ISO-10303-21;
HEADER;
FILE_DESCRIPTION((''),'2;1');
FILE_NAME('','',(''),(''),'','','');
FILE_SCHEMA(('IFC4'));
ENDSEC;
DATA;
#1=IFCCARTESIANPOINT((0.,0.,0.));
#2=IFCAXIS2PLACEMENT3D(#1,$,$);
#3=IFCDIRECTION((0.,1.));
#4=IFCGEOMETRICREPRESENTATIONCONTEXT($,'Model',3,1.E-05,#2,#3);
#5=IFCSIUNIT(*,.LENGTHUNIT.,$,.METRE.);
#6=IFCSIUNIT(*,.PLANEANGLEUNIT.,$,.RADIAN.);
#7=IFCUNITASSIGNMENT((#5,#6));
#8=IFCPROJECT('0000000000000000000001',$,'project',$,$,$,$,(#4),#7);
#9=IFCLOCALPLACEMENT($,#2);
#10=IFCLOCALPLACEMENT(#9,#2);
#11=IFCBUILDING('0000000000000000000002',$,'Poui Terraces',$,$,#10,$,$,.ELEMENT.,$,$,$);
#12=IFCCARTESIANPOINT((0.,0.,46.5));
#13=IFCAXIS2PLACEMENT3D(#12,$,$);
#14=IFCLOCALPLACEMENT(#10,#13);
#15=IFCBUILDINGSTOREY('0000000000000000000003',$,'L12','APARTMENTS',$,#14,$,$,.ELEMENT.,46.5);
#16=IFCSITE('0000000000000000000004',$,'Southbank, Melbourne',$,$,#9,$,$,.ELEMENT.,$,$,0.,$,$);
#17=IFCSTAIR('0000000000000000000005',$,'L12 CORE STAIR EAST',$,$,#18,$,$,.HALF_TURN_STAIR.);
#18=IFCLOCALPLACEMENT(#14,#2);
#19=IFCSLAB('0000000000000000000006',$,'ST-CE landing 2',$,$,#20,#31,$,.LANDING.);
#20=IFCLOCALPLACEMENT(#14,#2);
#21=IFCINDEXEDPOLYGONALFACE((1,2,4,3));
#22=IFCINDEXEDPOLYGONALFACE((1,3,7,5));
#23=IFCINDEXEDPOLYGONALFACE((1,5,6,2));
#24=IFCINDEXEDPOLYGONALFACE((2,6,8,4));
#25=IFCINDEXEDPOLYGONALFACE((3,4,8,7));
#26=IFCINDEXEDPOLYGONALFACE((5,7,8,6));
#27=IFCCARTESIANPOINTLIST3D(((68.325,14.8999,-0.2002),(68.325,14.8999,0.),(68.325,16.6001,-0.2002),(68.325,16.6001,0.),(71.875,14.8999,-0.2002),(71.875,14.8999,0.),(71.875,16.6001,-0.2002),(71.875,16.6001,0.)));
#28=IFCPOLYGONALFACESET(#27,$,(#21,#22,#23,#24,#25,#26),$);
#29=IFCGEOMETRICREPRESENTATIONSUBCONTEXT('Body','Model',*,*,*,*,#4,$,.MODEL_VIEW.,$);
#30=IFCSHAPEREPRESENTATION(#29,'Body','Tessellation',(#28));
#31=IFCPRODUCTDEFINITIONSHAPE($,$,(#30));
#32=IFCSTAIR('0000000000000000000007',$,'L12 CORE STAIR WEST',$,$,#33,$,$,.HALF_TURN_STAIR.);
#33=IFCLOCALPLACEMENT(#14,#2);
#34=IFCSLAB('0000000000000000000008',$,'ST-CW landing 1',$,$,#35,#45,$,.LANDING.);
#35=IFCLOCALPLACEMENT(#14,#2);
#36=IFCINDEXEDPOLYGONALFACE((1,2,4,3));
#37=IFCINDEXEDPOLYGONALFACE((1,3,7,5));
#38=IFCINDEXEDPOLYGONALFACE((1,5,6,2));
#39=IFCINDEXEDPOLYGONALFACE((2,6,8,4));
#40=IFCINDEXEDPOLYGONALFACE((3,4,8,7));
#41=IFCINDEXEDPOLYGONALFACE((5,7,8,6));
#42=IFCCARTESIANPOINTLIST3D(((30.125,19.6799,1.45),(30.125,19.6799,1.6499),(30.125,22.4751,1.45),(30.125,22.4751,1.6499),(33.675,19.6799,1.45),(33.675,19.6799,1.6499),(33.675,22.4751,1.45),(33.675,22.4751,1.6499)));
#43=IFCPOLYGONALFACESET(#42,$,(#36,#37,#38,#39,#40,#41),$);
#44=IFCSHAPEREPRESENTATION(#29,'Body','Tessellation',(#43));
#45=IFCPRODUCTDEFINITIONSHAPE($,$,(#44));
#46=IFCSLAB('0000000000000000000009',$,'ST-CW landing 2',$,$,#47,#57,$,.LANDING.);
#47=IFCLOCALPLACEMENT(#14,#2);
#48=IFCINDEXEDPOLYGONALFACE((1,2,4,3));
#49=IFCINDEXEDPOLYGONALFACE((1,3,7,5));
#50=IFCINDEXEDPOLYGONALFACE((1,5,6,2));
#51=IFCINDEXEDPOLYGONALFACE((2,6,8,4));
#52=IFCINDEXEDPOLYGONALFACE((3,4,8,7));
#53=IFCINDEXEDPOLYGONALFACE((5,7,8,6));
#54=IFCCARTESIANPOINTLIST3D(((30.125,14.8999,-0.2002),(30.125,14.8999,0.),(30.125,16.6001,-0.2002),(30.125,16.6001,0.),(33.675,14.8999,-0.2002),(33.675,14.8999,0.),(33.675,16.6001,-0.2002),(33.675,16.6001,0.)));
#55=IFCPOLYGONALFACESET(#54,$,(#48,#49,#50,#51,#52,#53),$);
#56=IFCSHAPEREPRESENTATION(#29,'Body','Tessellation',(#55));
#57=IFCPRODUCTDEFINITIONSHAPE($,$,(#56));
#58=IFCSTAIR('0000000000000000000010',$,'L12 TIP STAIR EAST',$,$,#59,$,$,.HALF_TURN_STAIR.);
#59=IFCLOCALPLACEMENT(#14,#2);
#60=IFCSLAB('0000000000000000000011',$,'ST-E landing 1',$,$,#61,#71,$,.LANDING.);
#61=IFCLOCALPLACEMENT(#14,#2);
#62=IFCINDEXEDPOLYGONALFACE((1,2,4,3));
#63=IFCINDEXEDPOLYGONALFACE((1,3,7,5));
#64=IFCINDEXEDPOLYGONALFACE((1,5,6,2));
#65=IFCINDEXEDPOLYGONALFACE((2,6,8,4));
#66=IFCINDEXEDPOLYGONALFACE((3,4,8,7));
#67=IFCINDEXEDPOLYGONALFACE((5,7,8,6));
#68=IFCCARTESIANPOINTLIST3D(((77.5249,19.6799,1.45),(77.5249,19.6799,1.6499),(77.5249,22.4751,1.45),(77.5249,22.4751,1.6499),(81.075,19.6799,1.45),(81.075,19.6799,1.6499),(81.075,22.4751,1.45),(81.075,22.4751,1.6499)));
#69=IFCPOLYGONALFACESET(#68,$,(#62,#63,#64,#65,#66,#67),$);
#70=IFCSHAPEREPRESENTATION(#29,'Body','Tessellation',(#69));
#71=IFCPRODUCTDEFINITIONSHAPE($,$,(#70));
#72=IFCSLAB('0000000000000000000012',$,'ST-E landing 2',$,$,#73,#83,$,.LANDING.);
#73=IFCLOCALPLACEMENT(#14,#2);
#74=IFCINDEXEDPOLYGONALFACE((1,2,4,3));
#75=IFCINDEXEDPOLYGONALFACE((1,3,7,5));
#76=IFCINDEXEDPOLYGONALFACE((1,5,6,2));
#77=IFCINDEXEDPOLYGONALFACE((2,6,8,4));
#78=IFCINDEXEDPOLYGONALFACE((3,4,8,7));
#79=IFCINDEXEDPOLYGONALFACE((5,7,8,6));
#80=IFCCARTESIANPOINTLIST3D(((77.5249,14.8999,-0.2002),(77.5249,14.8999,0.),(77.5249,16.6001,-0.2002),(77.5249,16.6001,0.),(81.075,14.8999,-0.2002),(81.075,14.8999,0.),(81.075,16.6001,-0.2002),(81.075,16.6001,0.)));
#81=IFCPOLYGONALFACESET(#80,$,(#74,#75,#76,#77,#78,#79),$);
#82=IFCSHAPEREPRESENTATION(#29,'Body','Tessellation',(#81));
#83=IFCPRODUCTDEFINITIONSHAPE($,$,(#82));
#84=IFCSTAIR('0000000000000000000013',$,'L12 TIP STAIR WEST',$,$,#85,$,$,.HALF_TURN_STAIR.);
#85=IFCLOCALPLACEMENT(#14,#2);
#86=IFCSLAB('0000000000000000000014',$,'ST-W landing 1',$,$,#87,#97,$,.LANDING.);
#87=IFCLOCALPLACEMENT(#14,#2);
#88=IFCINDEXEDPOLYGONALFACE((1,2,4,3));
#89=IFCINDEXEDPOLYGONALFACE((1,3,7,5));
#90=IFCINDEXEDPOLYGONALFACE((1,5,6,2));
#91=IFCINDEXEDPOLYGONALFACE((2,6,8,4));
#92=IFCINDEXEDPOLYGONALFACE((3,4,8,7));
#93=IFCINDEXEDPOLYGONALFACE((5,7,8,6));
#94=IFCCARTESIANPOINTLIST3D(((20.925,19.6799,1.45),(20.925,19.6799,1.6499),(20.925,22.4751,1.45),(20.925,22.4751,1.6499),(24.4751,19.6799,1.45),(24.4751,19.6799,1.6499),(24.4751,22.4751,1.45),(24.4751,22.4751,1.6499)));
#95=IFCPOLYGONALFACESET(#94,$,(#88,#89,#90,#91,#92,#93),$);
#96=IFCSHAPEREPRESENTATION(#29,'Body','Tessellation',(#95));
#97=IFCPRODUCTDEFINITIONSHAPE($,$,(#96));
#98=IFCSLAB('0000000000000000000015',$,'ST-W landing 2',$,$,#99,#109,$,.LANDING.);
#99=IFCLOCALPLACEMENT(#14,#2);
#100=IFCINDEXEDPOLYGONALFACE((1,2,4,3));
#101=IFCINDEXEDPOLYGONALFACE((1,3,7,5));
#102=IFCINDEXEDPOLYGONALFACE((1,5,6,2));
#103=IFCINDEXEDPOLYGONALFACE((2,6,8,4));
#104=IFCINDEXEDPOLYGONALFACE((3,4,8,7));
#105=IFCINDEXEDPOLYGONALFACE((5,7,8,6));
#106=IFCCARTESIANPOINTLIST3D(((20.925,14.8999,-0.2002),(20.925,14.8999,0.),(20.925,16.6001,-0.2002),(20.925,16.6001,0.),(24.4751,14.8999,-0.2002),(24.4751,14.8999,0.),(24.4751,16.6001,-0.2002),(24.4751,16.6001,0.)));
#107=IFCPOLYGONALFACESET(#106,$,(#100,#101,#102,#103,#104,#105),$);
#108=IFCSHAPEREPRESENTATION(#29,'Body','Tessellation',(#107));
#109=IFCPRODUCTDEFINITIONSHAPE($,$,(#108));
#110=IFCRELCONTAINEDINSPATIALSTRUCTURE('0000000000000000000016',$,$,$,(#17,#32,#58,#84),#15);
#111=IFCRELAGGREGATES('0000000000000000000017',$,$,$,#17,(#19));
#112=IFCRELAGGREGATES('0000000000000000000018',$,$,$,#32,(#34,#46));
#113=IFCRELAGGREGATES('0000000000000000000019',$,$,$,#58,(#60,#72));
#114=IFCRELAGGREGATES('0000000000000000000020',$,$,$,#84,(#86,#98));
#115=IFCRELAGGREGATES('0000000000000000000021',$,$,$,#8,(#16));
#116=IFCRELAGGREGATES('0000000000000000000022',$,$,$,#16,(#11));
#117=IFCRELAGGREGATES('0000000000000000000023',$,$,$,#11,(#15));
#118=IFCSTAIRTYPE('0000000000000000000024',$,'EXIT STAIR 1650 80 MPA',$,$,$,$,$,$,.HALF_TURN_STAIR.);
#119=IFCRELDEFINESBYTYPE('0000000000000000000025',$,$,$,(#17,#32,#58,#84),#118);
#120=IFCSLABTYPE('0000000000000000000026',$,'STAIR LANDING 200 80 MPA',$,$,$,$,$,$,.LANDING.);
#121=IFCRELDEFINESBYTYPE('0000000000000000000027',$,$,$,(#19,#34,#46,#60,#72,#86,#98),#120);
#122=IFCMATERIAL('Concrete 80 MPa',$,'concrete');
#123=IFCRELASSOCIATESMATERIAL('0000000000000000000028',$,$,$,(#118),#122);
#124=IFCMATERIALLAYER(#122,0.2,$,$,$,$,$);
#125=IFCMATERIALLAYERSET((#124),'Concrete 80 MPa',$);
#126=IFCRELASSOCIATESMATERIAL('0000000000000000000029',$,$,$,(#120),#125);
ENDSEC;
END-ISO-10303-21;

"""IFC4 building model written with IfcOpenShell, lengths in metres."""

from ifc_helpers import new_model, si_unit, direction, frame, origin, place, context, subcontext, project, spatial, polyline, outline, extrude, material, layer, layer_set, type_object, element, aggregate, save


model = new_model("IFC4")

# Units and contexts
model_context = context("Model", 3, precision=1e-05, world=origin(), true_north=direction((0.0, 1.0)))
body_context = subcontext(model_context, "Body", "Model", "MODEL_VIEW")
ifc_project = project(units=[si_unit("LENGTHUNIT", "METRE"), si_unit("PLANEANGLEUNIT", "RADIAN")], contexts=[model_context])

# Site, building, storey
site_placement = place(None, origin())
site = spatial("IfcSite", under=ifc_project, at=site_placement, Name="Southbank, Melbourne", CompositionType="ELEMENT", RefElevation=0.0)
building_placement = place(site_placement, origin())
building = spatial("IfcBuilding", under=site, at=building_placement, Name="Poui Terraces", CompositionType="ELEMENT")
storey_placement = place(building_placement, frame((0.0, 0.0, 46.5)))
storey = spatial("IfcBuildingStorey", under=building, at=storey_placement, Name="L12", Description="APARTMENTS", CompositionType="ELEMENT", Elevation=46.5)

# Stair, slab
ifc_material_1 = material(Name="Concrete 80 MPa", Category="concrete")
stair_type = type_object("IfcStairType", Name="EXIT STAIR 1650 80 MPA", PredefinedType="HALF_TURN_STAIR", material=ifc_material_1)
stair_1_placement = place(storey_placement, origin())
stair_1 = element("IfcStair", 1, at=stair_1_placement, inside=storey, type_object=stair_type, Name="L12 CORE STAIR EAST", PredefinedType="HALF_TURN_STAIR")
ifc_layer_1 = layer(ifc_material_1, 0.2)
ifc_layer_set_1 = layer_set([ifc_layer_1], Name="Concrete 80 MPa")
slab_type_1 = type_object("IfcSlabType", Name="STAIR LANDING 200 80 MPA", PredefinedType="LANDING", material=ifc_layer_set_1)
slab_1_placement = place(storey_placement, frame((0.0, 0.0, -0.2002)))
slab_1 = element("IfcSlab", 2, at=slab_1_placement, type_object=slab_type_1, Name="ST-CE landing 2", PredefinedType="LANDING", context=body_context, shape_type="SweptSolid", body=[
    extrude(outline(polyline([(68.325, 14.8999), (71.875, 14.8999), (71.875, 16.6001), (68.325, 16.6001), (68.325, 14.8999)])), origin(), (0.0, 0.0, 1.0), 0.2002),
])
aggregate(stair_1, [slab_1])

# Stairs, slabs
stair_2_placement = place(storey_placement, origin())
stair_2 = element("IfcStair", 3, at=stair_2_placement, inside=storey, type_object=stair_type, Name="L12 CORE STAIR WEST", PredefinedType="HALF_TURN_STAIR")
slab_2_placement = place(storey_placement, frame((0.0, 0.0, 1.45)))
slab_2 = element("IfcSlab", 4, at=slab_2_placement, type_object=slab_type_1, Name="ST-CW landing 1", PredefinedType="LANDING", context=body_context, shape_type="SweptSolid", body=[
    extrude(outline(polyline([(30.125, 19.6799), (33.675, 19.6799), (33.675, 22.4751), (30.125, 22.4751), (30.125, 19.6799)])), origin(), (0.0, 0.0, 1.0), 0.2),
])
slab_3_placement = place(storey_placement, frame((0.0, 0.0, -0.2002)))
slab_3 = element("IfcSlab", 5, at=slab_3_placement, type_object=slab_type_1, Name="ST-CW landing 2", PredefinedType="LANDING", context=body_context, shape_type="SweptSolid", body=[
    extrude(outline(polyline([(30.125, 14.8999), (33.675, 14.8999), (33.675, 16.6001), (30.125, 16.6001), (30.125, 14.8999)])), origin(), (0.0, 0.0, 1.0), 0.2002),
])
aggregate(stair_2, [slab_2, slab_3])
stair_3_placement = place(storey_placement, origin())
stair_3 = element("IfcStair", 6, at=stair_3_placement, inside=storey, type_object=stair_type, Name="L12 TIP STAIR EAST", PredefinedType="HALF_TURN_STAIR")
slab_4_placement = place(storey_placement, frame((0.0, 0.0, 1.45)))
slab_4 = element("IfcSlab", 7, at=slab_4_placement, type_object=slab_type_1, Name="ST-E landing 1", PredefinedType="LANDING", context=body_context, shape_type="SweptSolid", body=[
    extrude(outline(polyline([(77.5249, 19.6799), (81.075, 19.6799), (81.075, 22.4751), (77.5249, 22.4751), (77.5249, 19.6799)])), origin(), (0.0, 0.0, 1.0), 0.2),
])
slab_5_placement = place(storey_placement, frame((0.0, 0.0, -0.2002)))
slab_5 = element("IfcSlab", 8, at=slab_5_placement, type_object=slab_type_1, Name="ST-E landing 2", PredefinedType="LANDING", context=body_context, shape_type="SweptSolid", body=[
    extrude(outline(polyline([(77.5249, 14.8999), (81.075, 14.8999), (81.075, 16.6001), (77.5249, 16.6001), (77.5249, 14.8999)])), origin(), (0.0, 0.0, 1.0), 0.2002),
])
aggregate(stair_3, [slab_4, slab_5])
stair_4_placement = place(storey_placement, origin())
stair_4 = element("IfcStair", 9, at=stair_4_placement, inside=storey, type_object=stair_type, Name="L12 TIP STAIR WEST", PredefinedType="HALF_TURN_STAIR")
slab_6_placement = place(storey_placement, frame((0.0, 0.0, 1.45)))
slab_6 = element("IfcSlab", 10, at=slab_6_placement, type_object=slab_type_1, Name="ST-W landing 1", PredefinedType="LANDING", context=body_context, shape_type="SweptSolid", body=[
    extrude(outline(polyline([(20.925, 19.6799), (24.4751, 19.6799), (24.4751, 22.4751), (20.925, 22.4751), (20.925, 19.6799)])), origin(), (0.0, 0.0, 1.0), 0.2),
])
slab_7_placement = place(storey_placement, frame((0.0, 0.0, -0.2002)))
slab_7 = element("IfcSlab", 11, at=slab_7_placement, type_object=slab_type_1, Name="ST-W landing 2", PredefinedType="LANDING", context=body_context, shape_type="SweptSolid", body=[
    extrude(outline(polyline([(20.925, 14.8999), (24.4751, 14.8999), (24.4751, 16.6001), (20.925, 16.6001), (20.925, 14.8999)])), origin(), (0.0, 0.0, 1.0), 0.2002),
])
aggregate(stair_4, [slab_6, slab_7])

save(model, "model.ifc")
